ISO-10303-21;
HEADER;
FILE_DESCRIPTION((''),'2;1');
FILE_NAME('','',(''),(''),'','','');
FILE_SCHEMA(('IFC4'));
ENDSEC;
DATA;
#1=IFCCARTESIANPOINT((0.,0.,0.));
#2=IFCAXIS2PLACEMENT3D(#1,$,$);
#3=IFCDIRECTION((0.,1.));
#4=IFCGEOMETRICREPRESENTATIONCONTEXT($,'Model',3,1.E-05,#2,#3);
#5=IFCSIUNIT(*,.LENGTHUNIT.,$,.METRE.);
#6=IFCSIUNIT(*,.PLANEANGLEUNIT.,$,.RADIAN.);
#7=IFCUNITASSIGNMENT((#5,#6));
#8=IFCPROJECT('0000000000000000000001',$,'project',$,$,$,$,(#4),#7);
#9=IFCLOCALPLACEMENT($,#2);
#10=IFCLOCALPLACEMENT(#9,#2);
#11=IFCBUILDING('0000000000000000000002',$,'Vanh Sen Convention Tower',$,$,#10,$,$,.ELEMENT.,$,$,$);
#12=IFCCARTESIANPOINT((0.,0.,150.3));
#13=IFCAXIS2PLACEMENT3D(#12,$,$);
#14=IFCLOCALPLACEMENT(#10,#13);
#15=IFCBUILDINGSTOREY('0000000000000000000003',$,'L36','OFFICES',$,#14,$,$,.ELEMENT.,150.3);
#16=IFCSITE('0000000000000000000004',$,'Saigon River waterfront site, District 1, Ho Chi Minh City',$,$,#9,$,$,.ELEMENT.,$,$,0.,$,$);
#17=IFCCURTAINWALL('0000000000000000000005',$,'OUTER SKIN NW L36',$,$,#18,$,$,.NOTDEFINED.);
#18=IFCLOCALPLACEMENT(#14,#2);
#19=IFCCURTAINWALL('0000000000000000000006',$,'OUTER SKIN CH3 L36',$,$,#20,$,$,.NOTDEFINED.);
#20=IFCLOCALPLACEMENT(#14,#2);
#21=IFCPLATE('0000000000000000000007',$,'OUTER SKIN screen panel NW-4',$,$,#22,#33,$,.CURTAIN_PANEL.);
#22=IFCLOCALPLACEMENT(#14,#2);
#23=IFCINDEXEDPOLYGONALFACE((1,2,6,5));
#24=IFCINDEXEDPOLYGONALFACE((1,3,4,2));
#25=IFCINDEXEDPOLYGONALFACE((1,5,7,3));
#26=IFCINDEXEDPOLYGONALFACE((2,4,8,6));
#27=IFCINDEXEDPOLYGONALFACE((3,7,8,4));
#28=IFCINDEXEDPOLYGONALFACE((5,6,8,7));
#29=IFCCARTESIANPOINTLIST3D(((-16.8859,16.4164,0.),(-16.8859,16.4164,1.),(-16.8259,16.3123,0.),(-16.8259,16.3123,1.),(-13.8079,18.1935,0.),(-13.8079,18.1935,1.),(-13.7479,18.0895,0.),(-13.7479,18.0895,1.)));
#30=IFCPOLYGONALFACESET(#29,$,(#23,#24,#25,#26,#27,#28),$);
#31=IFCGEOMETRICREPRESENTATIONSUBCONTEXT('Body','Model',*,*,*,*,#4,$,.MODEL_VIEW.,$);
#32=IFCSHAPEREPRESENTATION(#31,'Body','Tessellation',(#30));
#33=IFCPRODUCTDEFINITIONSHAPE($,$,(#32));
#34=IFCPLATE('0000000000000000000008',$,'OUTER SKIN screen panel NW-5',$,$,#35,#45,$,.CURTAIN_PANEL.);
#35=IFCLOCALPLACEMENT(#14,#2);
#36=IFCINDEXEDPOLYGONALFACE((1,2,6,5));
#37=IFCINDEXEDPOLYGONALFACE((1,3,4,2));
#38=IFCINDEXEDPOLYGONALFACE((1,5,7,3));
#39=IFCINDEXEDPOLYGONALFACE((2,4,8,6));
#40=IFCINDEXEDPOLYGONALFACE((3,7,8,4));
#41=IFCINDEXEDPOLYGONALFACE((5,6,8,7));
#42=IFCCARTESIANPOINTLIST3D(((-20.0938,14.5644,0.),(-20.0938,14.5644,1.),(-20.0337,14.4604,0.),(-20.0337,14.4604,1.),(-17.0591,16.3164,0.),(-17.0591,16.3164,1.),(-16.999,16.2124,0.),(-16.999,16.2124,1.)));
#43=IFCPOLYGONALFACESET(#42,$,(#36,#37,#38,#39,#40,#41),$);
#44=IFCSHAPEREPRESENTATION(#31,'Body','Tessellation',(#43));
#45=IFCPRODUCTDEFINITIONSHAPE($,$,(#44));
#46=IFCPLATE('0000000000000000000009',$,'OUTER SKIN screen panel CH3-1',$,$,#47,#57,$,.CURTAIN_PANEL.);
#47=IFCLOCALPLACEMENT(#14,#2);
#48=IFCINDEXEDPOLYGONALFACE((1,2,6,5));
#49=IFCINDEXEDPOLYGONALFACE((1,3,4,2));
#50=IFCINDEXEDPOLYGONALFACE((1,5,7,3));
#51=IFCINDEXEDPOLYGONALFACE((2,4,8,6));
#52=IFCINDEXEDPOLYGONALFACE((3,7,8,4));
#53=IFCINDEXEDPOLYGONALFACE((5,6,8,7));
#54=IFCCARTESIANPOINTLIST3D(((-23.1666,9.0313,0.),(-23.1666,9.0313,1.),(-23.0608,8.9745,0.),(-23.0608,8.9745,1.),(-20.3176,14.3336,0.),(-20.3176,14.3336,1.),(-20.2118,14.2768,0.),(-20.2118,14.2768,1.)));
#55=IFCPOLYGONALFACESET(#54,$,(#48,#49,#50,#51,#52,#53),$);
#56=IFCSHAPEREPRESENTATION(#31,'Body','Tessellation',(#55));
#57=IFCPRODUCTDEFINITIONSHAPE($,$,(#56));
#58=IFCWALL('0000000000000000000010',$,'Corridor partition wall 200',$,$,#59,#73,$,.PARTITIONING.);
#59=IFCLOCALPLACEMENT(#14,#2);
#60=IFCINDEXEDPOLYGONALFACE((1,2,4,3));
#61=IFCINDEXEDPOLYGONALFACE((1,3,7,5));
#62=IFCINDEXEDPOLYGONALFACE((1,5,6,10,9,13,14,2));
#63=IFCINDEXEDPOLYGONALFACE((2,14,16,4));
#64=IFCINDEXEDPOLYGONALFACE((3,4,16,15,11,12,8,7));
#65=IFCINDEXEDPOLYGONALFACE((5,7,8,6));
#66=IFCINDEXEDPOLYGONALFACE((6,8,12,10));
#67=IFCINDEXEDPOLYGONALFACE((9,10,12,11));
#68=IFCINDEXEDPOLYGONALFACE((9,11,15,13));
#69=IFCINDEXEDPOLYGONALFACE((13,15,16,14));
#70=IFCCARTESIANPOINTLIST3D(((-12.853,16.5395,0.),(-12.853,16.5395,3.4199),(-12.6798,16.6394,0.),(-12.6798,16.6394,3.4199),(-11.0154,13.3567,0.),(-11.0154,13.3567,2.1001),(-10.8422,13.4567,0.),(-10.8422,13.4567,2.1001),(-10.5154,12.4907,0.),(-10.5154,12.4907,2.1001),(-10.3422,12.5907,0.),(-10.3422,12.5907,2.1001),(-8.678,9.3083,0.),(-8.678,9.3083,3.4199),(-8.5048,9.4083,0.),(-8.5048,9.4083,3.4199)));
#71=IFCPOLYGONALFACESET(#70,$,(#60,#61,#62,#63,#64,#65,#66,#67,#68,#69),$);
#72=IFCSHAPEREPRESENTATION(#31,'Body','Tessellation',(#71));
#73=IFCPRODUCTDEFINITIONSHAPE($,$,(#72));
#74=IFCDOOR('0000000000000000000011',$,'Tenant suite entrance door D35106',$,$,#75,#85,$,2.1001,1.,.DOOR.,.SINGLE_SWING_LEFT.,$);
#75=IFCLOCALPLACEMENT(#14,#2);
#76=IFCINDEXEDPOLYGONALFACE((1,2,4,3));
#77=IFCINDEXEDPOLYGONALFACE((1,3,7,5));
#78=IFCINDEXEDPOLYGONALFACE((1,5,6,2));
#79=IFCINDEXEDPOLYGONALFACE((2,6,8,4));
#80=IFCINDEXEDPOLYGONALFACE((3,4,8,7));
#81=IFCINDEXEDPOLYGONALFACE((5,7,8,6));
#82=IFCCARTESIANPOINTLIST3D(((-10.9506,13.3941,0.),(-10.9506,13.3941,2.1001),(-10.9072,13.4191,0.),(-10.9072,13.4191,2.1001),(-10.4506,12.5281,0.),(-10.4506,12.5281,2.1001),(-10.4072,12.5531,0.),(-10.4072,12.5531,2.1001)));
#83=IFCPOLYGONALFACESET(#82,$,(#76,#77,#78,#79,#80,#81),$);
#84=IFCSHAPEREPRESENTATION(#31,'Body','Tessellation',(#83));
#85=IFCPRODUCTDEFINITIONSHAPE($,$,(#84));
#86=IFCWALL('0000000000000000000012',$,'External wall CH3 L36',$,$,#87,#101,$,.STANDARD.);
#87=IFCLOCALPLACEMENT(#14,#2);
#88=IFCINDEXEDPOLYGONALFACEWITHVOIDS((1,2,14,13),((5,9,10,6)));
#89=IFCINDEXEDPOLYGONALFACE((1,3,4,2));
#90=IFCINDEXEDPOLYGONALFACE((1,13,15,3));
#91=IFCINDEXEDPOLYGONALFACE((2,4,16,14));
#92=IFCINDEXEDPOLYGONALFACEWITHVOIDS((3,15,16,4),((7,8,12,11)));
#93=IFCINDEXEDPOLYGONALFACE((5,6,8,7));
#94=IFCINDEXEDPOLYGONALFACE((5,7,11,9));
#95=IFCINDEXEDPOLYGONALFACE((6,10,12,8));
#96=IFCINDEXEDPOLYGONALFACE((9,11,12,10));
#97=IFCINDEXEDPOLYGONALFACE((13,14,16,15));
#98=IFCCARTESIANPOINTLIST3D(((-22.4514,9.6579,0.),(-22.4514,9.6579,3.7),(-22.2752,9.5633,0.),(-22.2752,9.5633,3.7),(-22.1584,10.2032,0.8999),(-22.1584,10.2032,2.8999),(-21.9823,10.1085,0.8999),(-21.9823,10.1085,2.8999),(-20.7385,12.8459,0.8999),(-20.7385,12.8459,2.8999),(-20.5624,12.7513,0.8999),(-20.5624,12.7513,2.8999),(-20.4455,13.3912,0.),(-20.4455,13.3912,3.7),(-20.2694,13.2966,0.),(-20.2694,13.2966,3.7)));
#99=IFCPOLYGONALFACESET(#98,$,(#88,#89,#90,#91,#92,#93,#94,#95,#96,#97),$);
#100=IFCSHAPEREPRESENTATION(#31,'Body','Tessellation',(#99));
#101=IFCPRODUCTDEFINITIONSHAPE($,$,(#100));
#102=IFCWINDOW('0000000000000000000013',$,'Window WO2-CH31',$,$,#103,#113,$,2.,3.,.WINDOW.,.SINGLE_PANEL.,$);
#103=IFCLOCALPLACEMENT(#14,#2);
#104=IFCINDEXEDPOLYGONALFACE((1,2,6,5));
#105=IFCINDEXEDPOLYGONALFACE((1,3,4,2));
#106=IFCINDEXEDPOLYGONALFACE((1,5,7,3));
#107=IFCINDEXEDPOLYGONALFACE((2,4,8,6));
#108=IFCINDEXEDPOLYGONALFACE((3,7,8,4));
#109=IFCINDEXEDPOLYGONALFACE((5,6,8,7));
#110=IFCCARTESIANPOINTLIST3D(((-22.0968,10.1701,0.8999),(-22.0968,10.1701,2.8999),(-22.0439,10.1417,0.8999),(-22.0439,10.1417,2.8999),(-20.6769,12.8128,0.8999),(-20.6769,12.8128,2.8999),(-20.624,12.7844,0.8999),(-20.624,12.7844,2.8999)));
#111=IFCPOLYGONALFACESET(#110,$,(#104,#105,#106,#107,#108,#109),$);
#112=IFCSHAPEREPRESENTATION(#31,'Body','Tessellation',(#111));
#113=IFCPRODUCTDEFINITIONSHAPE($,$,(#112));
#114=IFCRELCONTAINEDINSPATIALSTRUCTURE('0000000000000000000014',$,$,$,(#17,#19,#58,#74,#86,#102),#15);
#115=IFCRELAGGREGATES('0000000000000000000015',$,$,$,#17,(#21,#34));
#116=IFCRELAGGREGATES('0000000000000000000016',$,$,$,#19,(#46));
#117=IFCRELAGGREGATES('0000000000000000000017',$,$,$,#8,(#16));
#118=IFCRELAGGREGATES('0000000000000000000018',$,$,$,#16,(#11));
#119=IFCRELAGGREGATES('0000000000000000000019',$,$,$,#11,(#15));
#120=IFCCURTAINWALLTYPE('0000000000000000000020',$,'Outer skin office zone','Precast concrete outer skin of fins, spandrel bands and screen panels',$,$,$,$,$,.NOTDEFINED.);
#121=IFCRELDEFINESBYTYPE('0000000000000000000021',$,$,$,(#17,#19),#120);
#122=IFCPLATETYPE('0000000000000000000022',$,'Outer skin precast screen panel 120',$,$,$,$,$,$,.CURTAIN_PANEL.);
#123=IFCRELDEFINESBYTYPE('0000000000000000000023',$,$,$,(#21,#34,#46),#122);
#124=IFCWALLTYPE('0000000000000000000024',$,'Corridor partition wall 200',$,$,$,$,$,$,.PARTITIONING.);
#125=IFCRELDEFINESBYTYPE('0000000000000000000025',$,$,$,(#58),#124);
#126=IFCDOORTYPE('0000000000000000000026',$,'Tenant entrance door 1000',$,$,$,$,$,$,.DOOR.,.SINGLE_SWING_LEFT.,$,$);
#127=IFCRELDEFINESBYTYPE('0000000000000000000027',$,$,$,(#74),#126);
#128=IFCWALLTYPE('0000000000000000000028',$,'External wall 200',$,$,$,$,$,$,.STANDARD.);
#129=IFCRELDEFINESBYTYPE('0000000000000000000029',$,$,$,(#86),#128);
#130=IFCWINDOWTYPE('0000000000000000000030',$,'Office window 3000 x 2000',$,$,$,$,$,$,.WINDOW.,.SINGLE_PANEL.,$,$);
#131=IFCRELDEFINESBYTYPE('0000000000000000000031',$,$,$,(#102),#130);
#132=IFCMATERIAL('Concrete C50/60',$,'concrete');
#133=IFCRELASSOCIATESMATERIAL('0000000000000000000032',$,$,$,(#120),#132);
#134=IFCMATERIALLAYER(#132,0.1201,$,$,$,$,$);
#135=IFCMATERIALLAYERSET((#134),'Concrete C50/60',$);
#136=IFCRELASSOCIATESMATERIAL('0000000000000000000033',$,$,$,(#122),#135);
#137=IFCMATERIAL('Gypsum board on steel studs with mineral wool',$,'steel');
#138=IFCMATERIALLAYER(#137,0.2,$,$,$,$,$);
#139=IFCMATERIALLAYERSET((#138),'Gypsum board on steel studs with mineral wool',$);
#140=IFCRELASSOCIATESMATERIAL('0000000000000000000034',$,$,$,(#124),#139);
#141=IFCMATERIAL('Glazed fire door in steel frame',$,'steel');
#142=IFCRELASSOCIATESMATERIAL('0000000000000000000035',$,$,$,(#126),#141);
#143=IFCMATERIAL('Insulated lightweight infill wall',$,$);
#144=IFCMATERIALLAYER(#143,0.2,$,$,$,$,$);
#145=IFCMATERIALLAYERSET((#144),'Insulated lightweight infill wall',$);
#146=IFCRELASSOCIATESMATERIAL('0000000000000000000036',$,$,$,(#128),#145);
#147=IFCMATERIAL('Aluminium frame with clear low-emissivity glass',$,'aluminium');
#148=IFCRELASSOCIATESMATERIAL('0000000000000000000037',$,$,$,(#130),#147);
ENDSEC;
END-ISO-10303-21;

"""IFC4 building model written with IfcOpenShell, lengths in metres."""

from ifc_helpers import new_model, si_unit, direction, frame, frame_2d, origin, origin_2d, place, context, subcontext, project, spatial, rectangle, extrude, material, layer, layer_set, type_object, element, fill, aggregate, save


model = new_model("IFC4")

# Units and contexts
model_context = context("Model", 3, precision=1e-05, world=origin(), true_north=direction((0.0, 1.0)))
body_context = subcontext(model_context, "Body", "Model", "MODEL_VIEW")
ifc_project = project(units=[si_unit("LENGTHUNIT", "METRE"), si_unit("PLANEANGLEUNIT", "RADIAN")], contexts=[model_context])

# Site, building, storey
site_placement = place(None, origin())
site = spatial("IfcSite", under=ifc_project, at=site_placement, Name="Saigon River waterfront site, District 1, Ho Chi Minh City", CompositionType="ELEMENT", RefElevation=0.0)
building_placement = place(site_placement, origin())
building = spatial("IfcBuilding", under=site, at=building_placement, Name="Vanh Sen Convention Tower", CompositionType="ELEMENT")
storey_placement = place(building_placement, frame((0.0, 0.0, 150.3)))
storey = spatial("IfcBuildingStorey", under=building, at=storey_placement, Name="L36", Description="OFFICES", CompositionType="ELEMENT", Elevation=150.3)

# Curtain wall
ifc_material_1 = material(Name="Concrete C50/60", Category="concrete")
curtain_wall_type = type_object("IfcCurtainWallType", Name="Outer skin office zone", Description="Precast concrete outer skin of fins, spandrel bands and screen panels", PredefinedType="NOTDEFINED", material=ifc_material_1)
curtain_wall_1_placement = place(storey_placement, origin())
curtain_wall_1 = element("IfcCurtainWall", 1, at=curtain_wall_1_placement, inside=storey, type_object=curtain_wall_type, Name="OUTER SKIN NW L36", PredefinedType="NOTDEFINED")

# Curtain wall
curtain_wall_2_placement = place(storey_placement, origin())
curtain_wall_2 = element("IfcCurtainWall", 2, at=curtain_wall_2_placement, inside=storey, type_object=curtain_wall_type, Name="OUTER SKIN CH3 L36", PredefinedType="NOTDEFINED")

# Plates
ifc_layer_1 = layer(ifc_material_1, 0.1201)
ifc_layer_set_1 = layer_set([ifc_layer_1], Name="Concrete C50/60")
plate_type = type_object("IfcPlateType", Name="Outer skin precast screen panel 120", PredefinedType="CURTAIN_PANEL", material=ifc_layer_set_1)
plate_1_placement = place(storey_placement, frame((-15.3169, 17.2529, 0.0), z_axis=(0.0, 0.0, 1.0), x_axis=(-0.866017, -0.500015, 0.0)))
plate_1 = element("IfcPlate", 3, at=plate_1_placement, type_object=plate_type, Name="OUTER SKIN screen panel NW-4", PredefinedType="CURTAIN_PANEL", context=body_context, shape_type="SweptSolid", body=[
    extrude(rectangle(XDim=3.5542, YDim=0.1201, at=origin_2d()), origin(), (0.0, 0.0, 1.0), 1.0),
])
plate_2_placement = place(storey_placement, frame((-18.5464, 15.3884, 0.0), z_axis=(0.0, 0.0, 1.0), x_axis=(-0.866035, -0.499983, 0.0)))
plate_2 = element("IfcPlate", 4, at=plate_2_placement, type_object=plate_type, Name="OUTER SKIN screen panel NW-5", PredefinedType="CURTAIN_PANEL", context=body_context, shape_type="SweptSolid", body=[
    extrude(rectangle(XDim=3.5042, YDim=0.1201, at=origin_2d()), origin(), (0.0, 0.0, 1.0), 1.0),
])
aggregate(curtain_wall_1, [plate_1, plate_2])
plate_3_placement = place(storey_placement, frame((-21.6892, 11.6541, 0.0), z_axis=(0.0, 0.0, 1.0), x_axis=(-0.473318, -0.880892, 0.0)))
plate_3 = element("IfcPlate", 5, at=plate_3_placement, type_object=plate_type, Name="OUTER SKIN screen panel CH3-1", PredefinedType="CURTAIN_PANEL", context=body_context, shape_type="SweptSolid", body=[
    extrude(rectangle(XDim=6.0193, YDim=0.1201, at=origin_2d()), origin(), (0.0, 0.0, 1.0), 1.0),
])
aggregate(curtain_wall_2, [plate_3])

# Wall, opening, door
ifc_material_2 = material(Name="Gypsum board on steel studs with mineral wool", Category="steel")
ifc_layer_2 = layer(ifc_material_2, 0.2)
ifc_layer_set_2 = layer_set([ifc_layer_2], Name="Gypsum board on steel studs with mineral wool")
wall_type_1 = type_object("IfcWallType", Name="Corridor partition wall 200", PredefinedType="PARTITIONING", material=ifc_layer_set_2)
wall_1_placement = place(storey_placement, frame((-12.7664, 16.5894, 0.0), z_axis=(0.0, 0.0, 1.0), x_axis=(0.50001, -0.86602, 0.0)))
wall_1 = element("IfcWall", 6, at=wall_1_placement, inside=storey, type_object=wall_type_1, Name="Corridor partition wall 200", PredefinedType="PARTITIONING", context=body_context, shape_type="SweptSolid", body=[
    extrude(rectangle(XDim=8.3499, YDim=0.2, at=frame_2d((4.1748, 0.0))), origin(), (0.0, 0.0, 1.0), 3.4199),
])
opening_1_placement = place(wall_1_placement, frame((3.675, 0.0, 0.0)))
opening_1 = element("IfcOpeningElement", 7, at=opening_1_placement, cuts=wall_1, PredefinedType="OPENING", context=body_context, shape_type="SweptSolid", body=[
    extrude(rectangle(XDim=1.0, YDim=2.1001, at=frame_2d((0.5, 1.05))), frame((0.0, 0.1099, 0.0), z_axis=(0.0, -1.0, 0.0), x_axis=(1.0, 0.0, 0.0)), (0.0, 0.0, 1.0), 0.22),
])
ifc_material_3 = material(Name="Glazed fire door in steel frame", Category="steel")
door_type = type_object("IfcDoorType", Name="Tenant entrance door 1000", OperationType="SINGLE_SWING_LEFT", PredefinedType="DOOR", material=ifc_material_3)
door_placement = place(opening_1_placement, origin())
door = element("IfcDoor", 8, at=door_placement, inside=storey, type_object=door_type, Name="Tenant suite entrance door D35106", OperationType="SINGLE_SWING_LEFT", OverallHeight=2.1001, OverallWidth=1.0, PredefinedType="DOOR", context=body_context, shape_type="SweptSolid", body=[
    extrude(rectangle(XDim=1.0, YDim=2.1001, at=frame_2d((0.5, 1.05))), frame((0.0, 0.0249, 0.0), z_axis=(0.0, -1.0, 0.0), x_axis=(1.0, 0.0, 0.0)), (0.0, 0.0, 1.0), 0.05),
])
fill(opening_1, door)

# Wall, opening, window
ifc_material_4 = material(Name="Insulated lightweight infill wall")
ifc_layer_3 = layer(ifc_material_4, 0.2)
ifc_layer_set_3 = layer_set([ifc_layer_3], Name="Insulated lightweight infill wall")
wall_type_2 = type_object("IfcWallType", Name="External wall 200", PredefinedType="STANDARD", material=ifc_layer_set_3)
wall_2_placement = place(storey_placement, frame((-20.3574, 13.344, 0.0), z_axis=(0.0, 0.0, 1.0), x_axis=(-0.473289, -0.880907, 0.0)))
wall_2 = element("IfcWall", 9, at=wall_2_placement, inside=storey, type_object=wall_type_2, Name="External wall CH3 L36", PredefinedType="STANDARD", context=body_context, shape_type="SweptSolid", body=[
    extrude(rectangle(XDim=4.238, YDim=0.2, at=frame_2d((2.1191, 0.0))), origin(), (0.0, 0.0, 1.0), 3.7),
])
opening_2_placement = place(wall_2_placement, frame((0.6191, 0.0, 0.8999)))
opening_2 = element("IfcOpeningElement", 10, at=opening_2_placement, cuts=wall_2, PredefinedType="OPENING", context=body_context, shape_type="SweptSolid", body=[
    extrude(rectangle(XDim=3.0, YDim=2.0, at=frame_2d((1.5, 1.0))), frame((0.0, 0.1099, 0.0), z_axis=(0.0, -1.0, 0.0), x_axis=(1.0, 0.0, 0.0)), (0.0, 0.0, 1.0), 0.22),
])
ifc_material_5 = material(Name="Aluminium frame with clear low-emissivity glass", Category="aluminium")
window_type_1 = type_object("IfcWindowType", Name="Office window 3000 x 2000", PartitioningType="SINGLE_PANEL", PredefinedType="WINDOW", material=ifc_material_5)
window_1_placement = place(opening_2_placement, origin())
window_1 = element("IfcWindow", 11, at=window_1_placement, inside=storey, type_object=window_type_1, Name="Window WO2-CH31", OverallHeight=2.0, OverallWidth=3.0, PartitioningType="SINGLE_PANEL", PredefinedType="WINDOW", context=body_context, shape_type="SweptSolid", body=[
    extrude(rectangle(XDim=3.0, YDim=2.0, at=frame_2d((1.5, 1.0))), frame((0.0, 0.03, 0.0), z_axis=(0.0, -1.0, 0.0), x_axis=(1.0, 0.0, 0.0)), (0.0, 0.0, 1.0), 0.0601),
])
fill(opening_2, window_1)

save(model, "model.ifc")
